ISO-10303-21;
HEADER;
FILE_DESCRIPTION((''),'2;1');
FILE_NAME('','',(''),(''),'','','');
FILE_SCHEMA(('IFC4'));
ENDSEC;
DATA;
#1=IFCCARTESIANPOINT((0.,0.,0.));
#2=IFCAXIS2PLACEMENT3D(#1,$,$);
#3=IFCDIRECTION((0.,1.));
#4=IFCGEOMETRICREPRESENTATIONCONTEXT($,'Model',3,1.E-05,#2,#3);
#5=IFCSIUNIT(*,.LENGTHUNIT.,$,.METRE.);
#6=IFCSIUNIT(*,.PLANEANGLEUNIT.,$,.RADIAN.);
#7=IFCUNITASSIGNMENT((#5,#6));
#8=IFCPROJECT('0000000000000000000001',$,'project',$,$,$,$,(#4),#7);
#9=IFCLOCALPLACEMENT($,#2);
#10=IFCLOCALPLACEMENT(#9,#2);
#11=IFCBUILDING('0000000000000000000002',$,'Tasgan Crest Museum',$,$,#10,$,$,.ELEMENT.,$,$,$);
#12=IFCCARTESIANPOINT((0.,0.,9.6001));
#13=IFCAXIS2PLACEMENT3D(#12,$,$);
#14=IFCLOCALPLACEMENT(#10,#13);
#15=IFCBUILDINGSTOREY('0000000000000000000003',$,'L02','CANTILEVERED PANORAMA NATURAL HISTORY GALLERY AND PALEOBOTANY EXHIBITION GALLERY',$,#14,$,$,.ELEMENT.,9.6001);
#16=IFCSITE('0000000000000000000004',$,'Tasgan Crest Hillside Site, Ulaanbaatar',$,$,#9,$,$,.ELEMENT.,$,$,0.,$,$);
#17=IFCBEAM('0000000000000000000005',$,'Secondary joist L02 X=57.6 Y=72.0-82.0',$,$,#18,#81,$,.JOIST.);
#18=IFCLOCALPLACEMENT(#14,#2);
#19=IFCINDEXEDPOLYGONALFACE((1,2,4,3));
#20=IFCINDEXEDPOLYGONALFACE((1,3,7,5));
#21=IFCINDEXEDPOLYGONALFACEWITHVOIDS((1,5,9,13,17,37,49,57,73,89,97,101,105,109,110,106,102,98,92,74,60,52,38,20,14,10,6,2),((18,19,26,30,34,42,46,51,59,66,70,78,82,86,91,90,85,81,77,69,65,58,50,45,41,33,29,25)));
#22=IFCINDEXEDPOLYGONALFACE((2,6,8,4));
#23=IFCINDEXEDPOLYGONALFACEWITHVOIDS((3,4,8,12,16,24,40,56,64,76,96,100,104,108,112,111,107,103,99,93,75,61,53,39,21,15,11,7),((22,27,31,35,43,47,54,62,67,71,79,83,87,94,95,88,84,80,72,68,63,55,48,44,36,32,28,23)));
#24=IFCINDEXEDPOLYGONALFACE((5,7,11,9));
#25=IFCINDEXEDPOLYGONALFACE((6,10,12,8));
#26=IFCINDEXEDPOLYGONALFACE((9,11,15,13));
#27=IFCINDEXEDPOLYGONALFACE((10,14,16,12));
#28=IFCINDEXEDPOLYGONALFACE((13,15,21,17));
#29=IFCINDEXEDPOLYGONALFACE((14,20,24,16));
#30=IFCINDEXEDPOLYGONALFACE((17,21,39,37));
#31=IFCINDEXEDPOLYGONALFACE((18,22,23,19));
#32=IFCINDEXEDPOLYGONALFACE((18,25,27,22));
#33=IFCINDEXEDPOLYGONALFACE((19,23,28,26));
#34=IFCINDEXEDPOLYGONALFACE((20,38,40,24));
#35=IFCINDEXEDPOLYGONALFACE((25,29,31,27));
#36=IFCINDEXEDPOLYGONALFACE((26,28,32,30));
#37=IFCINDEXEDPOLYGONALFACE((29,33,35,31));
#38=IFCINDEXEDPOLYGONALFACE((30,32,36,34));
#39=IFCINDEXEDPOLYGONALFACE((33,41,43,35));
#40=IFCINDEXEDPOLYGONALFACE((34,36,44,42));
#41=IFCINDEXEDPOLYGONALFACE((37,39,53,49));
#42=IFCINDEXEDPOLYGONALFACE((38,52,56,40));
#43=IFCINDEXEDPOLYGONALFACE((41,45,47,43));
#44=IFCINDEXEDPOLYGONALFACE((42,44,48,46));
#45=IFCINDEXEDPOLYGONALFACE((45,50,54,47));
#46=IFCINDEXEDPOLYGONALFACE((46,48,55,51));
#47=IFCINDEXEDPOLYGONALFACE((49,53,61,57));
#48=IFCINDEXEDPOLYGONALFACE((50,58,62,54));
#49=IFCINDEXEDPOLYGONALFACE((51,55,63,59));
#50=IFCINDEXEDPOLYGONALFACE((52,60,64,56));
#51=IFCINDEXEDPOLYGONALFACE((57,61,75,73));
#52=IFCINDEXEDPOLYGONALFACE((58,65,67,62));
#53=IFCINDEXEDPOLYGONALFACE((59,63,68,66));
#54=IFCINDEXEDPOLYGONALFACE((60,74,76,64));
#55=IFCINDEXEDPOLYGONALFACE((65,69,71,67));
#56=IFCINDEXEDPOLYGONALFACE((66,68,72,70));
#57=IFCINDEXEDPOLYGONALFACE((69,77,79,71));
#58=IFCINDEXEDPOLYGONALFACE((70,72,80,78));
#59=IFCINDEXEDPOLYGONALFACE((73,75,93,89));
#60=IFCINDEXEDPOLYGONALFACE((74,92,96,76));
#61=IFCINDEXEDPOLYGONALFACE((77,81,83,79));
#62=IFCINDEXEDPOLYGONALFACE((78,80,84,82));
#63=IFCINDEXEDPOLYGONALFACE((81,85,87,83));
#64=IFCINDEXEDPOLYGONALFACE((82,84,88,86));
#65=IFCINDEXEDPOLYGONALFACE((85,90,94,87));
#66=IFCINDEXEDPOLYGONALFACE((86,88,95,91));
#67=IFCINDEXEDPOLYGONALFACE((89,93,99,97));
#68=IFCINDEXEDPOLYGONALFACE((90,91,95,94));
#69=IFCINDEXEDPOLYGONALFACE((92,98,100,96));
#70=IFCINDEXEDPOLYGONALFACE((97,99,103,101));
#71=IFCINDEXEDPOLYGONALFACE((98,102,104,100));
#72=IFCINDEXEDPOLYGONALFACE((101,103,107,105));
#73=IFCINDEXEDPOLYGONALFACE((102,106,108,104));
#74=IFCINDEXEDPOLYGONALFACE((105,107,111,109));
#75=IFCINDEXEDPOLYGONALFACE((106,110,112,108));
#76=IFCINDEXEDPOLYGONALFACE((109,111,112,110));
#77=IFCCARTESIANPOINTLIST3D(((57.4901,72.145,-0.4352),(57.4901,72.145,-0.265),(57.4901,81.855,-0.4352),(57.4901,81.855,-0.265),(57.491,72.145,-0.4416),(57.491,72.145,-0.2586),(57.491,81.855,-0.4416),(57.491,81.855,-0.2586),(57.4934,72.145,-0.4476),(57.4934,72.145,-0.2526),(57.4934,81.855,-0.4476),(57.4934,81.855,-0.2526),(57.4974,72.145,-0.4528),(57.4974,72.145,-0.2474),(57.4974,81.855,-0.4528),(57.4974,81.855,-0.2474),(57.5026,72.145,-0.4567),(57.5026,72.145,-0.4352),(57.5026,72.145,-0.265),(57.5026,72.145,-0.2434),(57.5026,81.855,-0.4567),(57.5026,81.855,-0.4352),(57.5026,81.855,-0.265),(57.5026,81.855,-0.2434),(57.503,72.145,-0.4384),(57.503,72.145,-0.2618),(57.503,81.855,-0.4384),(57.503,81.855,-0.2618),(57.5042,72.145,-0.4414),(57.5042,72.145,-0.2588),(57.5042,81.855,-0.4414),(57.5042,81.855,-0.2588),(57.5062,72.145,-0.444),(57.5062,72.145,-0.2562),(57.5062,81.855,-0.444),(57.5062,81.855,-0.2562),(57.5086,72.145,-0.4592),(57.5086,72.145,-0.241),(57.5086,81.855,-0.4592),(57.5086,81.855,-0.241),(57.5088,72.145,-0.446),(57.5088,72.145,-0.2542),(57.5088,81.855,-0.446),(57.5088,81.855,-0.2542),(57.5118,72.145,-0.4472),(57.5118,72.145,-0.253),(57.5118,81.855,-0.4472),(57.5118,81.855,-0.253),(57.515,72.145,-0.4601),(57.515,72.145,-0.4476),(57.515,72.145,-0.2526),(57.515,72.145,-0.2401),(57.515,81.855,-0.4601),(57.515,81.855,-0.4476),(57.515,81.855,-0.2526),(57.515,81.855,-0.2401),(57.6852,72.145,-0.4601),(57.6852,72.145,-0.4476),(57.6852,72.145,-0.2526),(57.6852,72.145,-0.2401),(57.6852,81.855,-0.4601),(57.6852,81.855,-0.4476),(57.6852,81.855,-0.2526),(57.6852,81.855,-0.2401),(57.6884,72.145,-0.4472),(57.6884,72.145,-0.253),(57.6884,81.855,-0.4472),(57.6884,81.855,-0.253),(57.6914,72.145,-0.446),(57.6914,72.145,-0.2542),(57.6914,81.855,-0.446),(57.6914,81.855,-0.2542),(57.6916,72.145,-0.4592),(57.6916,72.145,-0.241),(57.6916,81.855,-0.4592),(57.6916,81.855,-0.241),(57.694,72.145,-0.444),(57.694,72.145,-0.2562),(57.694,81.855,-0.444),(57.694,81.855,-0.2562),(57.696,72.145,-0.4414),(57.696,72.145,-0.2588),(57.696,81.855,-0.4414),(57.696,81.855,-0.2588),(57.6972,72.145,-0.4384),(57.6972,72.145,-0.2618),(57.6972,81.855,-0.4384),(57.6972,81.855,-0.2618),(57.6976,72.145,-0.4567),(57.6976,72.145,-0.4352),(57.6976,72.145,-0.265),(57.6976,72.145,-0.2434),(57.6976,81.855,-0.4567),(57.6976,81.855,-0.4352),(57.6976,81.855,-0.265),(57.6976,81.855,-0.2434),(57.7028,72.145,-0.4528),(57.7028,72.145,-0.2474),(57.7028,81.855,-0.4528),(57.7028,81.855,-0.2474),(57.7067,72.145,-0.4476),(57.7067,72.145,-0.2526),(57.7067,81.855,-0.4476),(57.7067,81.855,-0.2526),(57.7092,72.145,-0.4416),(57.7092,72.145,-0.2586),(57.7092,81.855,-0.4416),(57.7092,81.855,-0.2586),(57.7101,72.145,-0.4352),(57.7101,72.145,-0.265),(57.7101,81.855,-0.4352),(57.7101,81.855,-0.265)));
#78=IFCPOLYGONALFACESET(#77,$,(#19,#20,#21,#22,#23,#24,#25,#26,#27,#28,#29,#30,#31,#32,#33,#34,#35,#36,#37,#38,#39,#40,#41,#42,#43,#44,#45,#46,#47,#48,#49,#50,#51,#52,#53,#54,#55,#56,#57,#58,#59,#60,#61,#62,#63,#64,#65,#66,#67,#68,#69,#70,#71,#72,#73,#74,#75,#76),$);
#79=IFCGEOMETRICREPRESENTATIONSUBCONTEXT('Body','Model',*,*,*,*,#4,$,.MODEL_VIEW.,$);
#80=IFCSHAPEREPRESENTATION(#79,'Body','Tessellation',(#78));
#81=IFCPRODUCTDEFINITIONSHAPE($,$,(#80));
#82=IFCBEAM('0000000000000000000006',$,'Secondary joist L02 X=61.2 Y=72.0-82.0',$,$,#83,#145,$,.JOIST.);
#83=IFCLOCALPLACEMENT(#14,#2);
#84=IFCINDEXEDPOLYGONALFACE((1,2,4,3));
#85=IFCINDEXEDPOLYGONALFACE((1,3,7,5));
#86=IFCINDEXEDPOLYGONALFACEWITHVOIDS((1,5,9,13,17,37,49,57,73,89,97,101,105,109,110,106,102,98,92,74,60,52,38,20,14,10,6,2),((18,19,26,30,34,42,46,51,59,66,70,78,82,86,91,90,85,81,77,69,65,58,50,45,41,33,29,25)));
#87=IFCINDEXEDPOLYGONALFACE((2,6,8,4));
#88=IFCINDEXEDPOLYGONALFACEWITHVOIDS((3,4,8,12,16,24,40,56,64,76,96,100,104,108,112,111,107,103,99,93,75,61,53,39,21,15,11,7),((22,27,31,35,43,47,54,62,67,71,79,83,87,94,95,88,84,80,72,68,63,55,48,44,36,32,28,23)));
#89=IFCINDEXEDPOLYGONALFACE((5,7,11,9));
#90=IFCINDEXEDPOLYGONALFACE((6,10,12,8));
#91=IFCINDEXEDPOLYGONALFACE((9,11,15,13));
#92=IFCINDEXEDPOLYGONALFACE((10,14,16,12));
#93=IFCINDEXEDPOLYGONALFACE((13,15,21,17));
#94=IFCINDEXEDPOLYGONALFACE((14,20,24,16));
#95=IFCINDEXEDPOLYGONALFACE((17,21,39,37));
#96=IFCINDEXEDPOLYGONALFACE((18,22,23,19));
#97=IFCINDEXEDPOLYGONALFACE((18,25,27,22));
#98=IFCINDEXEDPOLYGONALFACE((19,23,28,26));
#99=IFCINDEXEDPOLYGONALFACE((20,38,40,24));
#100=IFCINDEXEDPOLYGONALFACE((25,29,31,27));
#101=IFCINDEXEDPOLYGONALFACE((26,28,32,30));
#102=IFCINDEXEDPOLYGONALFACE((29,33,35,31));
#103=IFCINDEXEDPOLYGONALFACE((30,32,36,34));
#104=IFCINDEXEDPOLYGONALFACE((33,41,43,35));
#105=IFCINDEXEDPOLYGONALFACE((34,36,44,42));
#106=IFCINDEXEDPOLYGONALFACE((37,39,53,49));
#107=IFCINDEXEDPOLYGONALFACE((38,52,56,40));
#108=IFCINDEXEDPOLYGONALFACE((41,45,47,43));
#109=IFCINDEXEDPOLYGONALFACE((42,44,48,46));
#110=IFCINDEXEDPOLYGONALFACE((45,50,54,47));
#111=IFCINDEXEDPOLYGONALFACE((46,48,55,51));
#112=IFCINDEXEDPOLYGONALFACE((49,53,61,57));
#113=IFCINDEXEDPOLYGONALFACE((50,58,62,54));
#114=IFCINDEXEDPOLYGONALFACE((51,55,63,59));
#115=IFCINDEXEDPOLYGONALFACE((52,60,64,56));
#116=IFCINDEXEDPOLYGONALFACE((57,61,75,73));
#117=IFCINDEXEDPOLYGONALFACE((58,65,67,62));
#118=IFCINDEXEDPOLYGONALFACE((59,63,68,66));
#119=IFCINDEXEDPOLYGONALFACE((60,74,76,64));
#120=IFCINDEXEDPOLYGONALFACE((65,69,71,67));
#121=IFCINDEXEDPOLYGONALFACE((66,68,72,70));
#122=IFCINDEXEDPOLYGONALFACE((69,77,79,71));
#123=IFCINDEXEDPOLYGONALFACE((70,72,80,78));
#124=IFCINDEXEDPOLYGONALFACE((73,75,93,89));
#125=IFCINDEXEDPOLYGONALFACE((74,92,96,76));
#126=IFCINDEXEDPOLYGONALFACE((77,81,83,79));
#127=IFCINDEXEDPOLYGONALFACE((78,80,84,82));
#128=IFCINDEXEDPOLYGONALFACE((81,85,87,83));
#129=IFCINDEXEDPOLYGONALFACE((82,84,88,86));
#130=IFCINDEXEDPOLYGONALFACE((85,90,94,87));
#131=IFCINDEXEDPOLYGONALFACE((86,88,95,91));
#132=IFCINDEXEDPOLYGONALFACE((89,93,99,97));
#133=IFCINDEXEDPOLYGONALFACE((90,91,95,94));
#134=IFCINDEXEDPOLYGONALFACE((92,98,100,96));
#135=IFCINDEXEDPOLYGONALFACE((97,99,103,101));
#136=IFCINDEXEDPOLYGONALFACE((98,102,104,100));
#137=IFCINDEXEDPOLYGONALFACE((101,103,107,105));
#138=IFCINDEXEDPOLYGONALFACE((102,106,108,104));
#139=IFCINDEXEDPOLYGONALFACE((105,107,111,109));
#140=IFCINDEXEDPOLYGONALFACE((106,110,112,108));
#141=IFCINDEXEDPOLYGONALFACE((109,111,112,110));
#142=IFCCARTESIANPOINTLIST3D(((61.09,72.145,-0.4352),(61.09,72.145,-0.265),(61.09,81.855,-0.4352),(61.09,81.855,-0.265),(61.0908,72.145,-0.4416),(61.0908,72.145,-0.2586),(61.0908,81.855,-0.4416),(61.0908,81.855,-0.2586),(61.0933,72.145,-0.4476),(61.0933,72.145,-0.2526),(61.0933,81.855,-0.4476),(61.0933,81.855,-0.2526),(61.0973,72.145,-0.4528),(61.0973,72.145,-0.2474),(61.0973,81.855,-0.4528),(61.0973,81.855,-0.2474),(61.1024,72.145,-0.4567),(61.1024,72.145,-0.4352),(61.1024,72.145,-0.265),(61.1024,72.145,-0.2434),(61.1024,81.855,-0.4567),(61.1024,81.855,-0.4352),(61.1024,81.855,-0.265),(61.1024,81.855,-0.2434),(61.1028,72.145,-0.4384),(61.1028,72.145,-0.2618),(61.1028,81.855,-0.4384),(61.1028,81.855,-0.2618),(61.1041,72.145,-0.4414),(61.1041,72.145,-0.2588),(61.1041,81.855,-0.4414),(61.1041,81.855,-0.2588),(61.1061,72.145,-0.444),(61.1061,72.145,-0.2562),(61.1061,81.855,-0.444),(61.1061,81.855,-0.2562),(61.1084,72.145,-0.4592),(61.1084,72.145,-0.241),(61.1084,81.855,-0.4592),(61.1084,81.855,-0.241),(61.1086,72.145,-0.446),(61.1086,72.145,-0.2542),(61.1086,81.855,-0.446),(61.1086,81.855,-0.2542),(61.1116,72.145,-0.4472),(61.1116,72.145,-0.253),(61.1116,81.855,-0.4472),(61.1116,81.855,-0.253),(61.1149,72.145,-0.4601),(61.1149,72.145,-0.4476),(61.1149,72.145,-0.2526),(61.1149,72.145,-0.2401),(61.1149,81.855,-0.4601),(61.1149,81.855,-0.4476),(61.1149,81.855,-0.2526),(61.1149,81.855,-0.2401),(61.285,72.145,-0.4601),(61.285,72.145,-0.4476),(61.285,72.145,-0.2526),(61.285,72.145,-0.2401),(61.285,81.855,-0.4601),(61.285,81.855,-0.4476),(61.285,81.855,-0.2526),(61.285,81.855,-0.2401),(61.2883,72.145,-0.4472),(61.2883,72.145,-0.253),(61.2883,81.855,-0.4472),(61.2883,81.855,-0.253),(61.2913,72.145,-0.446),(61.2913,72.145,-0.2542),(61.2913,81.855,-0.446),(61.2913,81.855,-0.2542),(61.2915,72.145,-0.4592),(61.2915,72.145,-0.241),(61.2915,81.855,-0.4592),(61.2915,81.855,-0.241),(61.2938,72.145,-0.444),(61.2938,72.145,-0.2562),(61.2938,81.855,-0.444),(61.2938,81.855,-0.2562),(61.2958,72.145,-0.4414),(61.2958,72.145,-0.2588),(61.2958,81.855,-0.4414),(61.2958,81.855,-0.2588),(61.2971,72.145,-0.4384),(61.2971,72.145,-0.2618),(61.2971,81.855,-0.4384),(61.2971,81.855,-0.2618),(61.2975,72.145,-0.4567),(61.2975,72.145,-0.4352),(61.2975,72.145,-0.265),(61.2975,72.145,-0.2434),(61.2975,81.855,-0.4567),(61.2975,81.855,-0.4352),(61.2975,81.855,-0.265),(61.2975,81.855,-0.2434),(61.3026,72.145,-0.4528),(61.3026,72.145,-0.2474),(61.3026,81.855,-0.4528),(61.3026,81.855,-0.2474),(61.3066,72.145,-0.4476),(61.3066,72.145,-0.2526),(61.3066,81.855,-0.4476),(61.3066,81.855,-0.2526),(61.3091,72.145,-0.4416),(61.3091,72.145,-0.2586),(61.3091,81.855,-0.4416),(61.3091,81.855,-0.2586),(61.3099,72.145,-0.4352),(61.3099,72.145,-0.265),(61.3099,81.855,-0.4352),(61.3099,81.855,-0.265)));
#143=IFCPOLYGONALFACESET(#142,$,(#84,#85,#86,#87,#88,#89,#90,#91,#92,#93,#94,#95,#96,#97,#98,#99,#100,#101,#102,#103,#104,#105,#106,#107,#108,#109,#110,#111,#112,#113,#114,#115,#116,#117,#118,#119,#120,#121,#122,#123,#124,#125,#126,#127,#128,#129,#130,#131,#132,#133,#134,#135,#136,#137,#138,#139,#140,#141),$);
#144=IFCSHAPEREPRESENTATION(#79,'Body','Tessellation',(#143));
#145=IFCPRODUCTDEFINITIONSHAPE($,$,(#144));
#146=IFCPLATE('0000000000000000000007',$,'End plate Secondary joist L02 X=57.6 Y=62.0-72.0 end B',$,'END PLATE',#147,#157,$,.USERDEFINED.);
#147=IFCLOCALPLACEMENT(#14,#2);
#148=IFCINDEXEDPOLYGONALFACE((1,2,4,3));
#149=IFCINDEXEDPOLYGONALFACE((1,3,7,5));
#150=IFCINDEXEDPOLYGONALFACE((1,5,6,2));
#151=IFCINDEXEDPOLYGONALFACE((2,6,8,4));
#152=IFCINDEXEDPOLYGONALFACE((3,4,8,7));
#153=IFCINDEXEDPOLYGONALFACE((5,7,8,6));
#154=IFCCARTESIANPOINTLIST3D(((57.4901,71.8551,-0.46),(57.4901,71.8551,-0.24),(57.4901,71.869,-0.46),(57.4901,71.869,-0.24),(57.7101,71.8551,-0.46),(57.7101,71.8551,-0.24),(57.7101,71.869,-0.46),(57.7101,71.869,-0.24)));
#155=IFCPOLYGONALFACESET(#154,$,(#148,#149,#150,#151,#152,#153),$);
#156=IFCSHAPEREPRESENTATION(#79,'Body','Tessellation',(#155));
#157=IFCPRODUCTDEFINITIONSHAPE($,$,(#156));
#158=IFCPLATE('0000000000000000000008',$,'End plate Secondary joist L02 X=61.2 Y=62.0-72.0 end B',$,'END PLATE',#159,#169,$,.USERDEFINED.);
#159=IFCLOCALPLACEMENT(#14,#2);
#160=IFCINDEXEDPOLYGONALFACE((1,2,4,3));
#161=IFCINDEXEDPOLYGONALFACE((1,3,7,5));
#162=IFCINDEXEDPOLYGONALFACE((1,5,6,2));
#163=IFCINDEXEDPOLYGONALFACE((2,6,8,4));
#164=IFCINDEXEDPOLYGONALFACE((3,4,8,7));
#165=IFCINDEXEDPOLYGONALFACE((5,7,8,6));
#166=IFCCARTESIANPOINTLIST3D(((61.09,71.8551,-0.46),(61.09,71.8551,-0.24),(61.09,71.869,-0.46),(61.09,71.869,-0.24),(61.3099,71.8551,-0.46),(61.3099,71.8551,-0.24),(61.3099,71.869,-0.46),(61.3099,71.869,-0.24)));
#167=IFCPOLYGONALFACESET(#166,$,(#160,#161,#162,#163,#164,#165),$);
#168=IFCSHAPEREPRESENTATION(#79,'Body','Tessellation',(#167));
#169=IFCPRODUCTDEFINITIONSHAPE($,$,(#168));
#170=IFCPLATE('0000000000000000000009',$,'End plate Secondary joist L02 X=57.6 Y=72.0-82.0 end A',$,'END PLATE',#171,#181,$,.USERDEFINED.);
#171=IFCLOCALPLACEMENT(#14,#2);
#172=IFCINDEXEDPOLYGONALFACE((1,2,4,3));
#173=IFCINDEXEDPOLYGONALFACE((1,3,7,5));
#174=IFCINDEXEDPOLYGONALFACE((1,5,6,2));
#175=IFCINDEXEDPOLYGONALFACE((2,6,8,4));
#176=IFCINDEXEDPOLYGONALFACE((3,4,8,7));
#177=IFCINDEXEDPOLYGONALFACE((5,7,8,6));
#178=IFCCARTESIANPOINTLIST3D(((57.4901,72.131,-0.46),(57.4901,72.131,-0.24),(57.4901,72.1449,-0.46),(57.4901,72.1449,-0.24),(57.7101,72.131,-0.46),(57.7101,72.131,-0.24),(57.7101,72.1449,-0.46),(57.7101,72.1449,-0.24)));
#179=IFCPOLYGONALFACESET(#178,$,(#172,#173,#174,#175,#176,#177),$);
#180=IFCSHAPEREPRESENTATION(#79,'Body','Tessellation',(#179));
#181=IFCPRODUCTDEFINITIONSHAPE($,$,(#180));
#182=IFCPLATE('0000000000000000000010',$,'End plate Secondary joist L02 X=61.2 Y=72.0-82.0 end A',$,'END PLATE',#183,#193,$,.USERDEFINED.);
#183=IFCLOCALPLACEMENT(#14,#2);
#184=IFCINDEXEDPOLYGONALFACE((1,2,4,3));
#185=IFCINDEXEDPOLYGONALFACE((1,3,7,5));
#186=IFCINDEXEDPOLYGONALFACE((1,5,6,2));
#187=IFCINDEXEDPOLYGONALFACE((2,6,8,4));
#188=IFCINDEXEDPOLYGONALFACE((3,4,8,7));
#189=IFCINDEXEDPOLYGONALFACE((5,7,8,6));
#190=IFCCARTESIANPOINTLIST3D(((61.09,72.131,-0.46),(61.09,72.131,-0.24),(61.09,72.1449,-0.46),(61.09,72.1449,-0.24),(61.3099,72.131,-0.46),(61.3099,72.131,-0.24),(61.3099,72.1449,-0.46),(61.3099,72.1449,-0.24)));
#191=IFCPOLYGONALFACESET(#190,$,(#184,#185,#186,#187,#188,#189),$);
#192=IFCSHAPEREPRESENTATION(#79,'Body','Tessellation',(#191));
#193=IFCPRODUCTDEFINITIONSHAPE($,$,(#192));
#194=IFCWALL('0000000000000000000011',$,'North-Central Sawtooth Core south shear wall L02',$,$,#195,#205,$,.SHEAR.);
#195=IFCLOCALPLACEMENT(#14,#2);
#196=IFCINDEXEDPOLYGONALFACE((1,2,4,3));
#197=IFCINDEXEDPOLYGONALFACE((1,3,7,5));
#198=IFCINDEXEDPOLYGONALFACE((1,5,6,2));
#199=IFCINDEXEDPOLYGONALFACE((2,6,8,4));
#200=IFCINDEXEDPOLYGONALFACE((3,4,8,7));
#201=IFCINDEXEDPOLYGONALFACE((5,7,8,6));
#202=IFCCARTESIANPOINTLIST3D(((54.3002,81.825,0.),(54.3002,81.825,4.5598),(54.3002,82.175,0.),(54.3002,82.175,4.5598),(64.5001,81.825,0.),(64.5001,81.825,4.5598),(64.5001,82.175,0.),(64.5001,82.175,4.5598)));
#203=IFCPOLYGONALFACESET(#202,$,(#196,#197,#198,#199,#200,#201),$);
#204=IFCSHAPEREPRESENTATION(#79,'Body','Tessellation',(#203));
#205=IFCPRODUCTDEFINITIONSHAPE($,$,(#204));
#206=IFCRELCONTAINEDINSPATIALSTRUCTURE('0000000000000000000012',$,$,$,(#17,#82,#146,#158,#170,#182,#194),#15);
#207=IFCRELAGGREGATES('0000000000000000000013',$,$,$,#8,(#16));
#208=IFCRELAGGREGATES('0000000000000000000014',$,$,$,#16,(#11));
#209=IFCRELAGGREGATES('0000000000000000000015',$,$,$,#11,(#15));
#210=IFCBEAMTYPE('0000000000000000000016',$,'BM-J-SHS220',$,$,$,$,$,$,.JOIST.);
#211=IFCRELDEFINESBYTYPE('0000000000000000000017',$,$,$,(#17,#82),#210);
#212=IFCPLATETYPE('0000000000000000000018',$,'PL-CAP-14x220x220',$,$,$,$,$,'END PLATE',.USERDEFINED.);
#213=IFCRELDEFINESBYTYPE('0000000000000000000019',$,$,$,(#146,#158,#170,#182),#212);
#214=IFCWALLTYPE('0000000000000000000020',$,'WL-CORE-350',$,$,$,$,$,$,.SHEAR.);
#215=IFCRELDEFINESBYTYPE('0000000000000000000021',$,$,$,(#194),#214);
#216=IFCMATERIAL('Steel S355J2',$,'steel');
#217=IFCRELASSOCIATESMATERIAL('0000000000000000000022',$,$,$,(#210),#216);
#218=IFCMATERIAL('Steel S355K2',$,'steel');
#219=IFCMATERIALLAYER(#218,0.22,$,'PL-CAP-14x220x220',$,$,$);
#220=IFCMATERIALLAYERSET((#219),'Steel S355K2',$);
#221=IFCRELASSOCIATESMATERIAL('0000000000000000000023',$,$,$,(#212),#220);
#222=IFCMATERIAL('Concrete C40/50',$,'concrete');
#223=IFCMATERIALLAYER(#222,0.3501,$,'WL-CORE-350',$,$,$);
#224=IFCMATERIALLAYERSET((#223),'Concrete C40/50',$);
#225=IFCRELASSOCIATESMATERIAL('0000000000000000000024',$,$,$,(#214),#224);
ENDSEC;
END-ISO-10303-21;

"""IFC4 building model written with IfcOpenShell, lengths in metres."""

from ifc_helpers import new_model, si_unit, direction, frame, frame_2d, origin, origin_2d, place, context, subcontext, project, spatial, rectangle, hollow_rectangle, extrude, material, layer, layer_set, material_profile, profile_set, type_object, element, save


model = new_model("IFC4")

# Units and contexts
model_context = context("Model", 3, precision=1e-05, world=origin(), true_north=direction((0.0, 1.0)))
body_context = subcontext(model_context, "Body", "Model", "MODEL_VIEW")
ifc_project = project(units=[si_unit("LENGTHUNIT", "METRE"), si_unit("PLANEANGLEUNIT", "RADIAN")], contexts=[model_context])

# Site, building, storey
site_placement = place(None, origin())
site = spatial("IfcSite", under=ifc_project, at=site_placement, Name="Tasgan Crest Hillside Site, Ulaanbaatar", CompositionType="ELEMENT", RefElevation=0.0)
building_placement = place(site_placement, origin())
building = spatial("IfcBuilding", under=site, at=building_placement, Name="Tasgan Crest Museum", CompositionType="ELEMENT")
storey_placement = place(building_placement, frame((0.0, 0.0, 9.6001)))
storey = spatial("IfcBuildingStorey", under=building, at=storey_placement, Name="L02", Description="CANTILEVERED PANORAMA NATURAL HISTORY GALLERY AND PALEOBOTANY EXHIBITION GALLERY", CompositionType="ELEMENT", Elevation=9.6001)

# Beams
ifc_material_1 = material(Name="Steel S355J2", Category="steel")
ifc_material_profile_1 = material_profile(ifc_material_1, hollow_rectangle(XDim=0.22, YDim=0.22, WallThickness=0.0125, InnerFilletRadius=0.0125, OuterFilletRadius=0.0249, at=origin_2d()), Name="SHS 220x220x12.5")
ifc_profile_set_1 = profile_set([ifc_material_profile_1], Name="Steel S355J2")
beam_type_1 = type_object("IfcBeamType", Name="BM-J-SHS220", PredefinedType="JOIST", material=ifc_profile_set_1)
for number, where, z_axis, x_axis, name in (
    (1, (57.6001, 72.145, -0.3501), (0.0, 1.0, 0.0), (-1.0, 0.0, 0.0), "Secondary joist L02 X=57.6 Y=72.0-82.0"),
    (2, (61.2, 72.145, -0.3501), (0.0, 1.0, 0.0), (-1.0, 0.0, 0.0), "Secondary joist L02 X=61.2 Y=72.0-82.0"),
):
    element("IfcBeam", number, at=place(storey_placement, frame(where, z_axis=z_axis, x_axis=x_axis)), inside=storey, type_object=beam_type_1, Name=name, PredefinedType="JOIST", context=body_context, shape_type="SweptSolid", body=[
        extrude(hollow_rectangle(XDim=0.22, YDim=0.22, WallThickness=0.0125, InnerFilletRadius=0.0125, OuterFilletRadius=0.0249, at=origin_2d()), origin(), (0.0, 0.0, 1.0), 9.71),
    ])

# Plates
ifc_material_2 = material(Name="Steel S355K2", Category="steel")
ifc_layer_1 = layer(ifc_material_2, 0.22, Name="PL-CAP-14x220x220")
ifc_layer_set_1 = layer_set([ifc_layer_1], Name="Steel S355K2")
plate_type = type_object("IfcPlateType", Name="PL-CAP-14x220x220", ElementType="END PLATE", PredefinedType="USERDEFINED", material=ifc_layer_set_1)
for number, where, z_axis, x_axis, name in (
    (3, (57.6001, 71.8621, -0.46), (0.0, 0.0, 1.0), (0.0, 1.0, 0.0), "End plate Secondary joist L02 X=57.6 Y=62.0-72.0 end B"),
    (4, (61.2, 71.8621, -0.46), (0.0, 0.0, 1.0), (0.0, 1.0, 0.0), "End plate Secondary joist L02 X=61.2 Y=62.0-72.0 end B"),
    (5, (57.6001, 72.1379, -0.46), (0.0, 0.0, 1.0), (0.0, 1.0, 0.0), "End plate Secondary joist L02 X=57.6 Y=72.0-82.0 end A"),
    (6, (61.2, 72.1379, -0.46), (0.0, 0.0, 1.0), (0.0, 1.0, 0.0), "End plate Secondary joist L02 X=61.2 Y=72.0-82.0 end A"),
):
    element("IfcPlate", number, at=place(storey_placement, frame(where, z_axis=z_axis, x_axis=x_axis)), inside=storey, type_object=plate_type, Name=name, ObjectType="END PLATE", PredefinedType="USERDEFINED", context=body_context, shape_type="SweptSolid", body=[
        extrude(rectangle(XDim=0.0139, YDim=0.22, at=origin_2d()), origin(), (0.0, 0.0, 1.0), 0.22),
    ])

# Wall
ifc_material_3 = material(Name="Concrete C40/50", Category="concrete")
ifc_layer_2 = layer(ifc_material_3, 0.3501, Name="WL-CORE-350")
ifc_layer_set_2 = layer_set([ifc_layer_2], Name="Concrete C40/50")
wall_type = type_object("IfcWallType", Name="WL-CORE-350", PredefinedType="SHEAR", material=ifc_layer_set_2)
wall_1_placement = place(storey_placement, frame((54.3, 82.0, 0.0), z_axis=(0.0, 0.0, 1.0), x_axis=(1.0, 0.0, 0.0)))
element("IfcWall", 7, at=wall_1_placement, inside=storey, type_object=wall_type, Name="North-Central Sawtooth Core south shear wall L02", PredefinedType="SHEAR", context=body_context, shape_type="SweptSolid", body=[
    extrude(rectangle(XDim=10.2, YDim=0.3501, at=frame_2d((5.1001, 0.0))), origin(), (0.0, 0.0, 1.0), 4.5598),
])

save(model, "model.ifc")
